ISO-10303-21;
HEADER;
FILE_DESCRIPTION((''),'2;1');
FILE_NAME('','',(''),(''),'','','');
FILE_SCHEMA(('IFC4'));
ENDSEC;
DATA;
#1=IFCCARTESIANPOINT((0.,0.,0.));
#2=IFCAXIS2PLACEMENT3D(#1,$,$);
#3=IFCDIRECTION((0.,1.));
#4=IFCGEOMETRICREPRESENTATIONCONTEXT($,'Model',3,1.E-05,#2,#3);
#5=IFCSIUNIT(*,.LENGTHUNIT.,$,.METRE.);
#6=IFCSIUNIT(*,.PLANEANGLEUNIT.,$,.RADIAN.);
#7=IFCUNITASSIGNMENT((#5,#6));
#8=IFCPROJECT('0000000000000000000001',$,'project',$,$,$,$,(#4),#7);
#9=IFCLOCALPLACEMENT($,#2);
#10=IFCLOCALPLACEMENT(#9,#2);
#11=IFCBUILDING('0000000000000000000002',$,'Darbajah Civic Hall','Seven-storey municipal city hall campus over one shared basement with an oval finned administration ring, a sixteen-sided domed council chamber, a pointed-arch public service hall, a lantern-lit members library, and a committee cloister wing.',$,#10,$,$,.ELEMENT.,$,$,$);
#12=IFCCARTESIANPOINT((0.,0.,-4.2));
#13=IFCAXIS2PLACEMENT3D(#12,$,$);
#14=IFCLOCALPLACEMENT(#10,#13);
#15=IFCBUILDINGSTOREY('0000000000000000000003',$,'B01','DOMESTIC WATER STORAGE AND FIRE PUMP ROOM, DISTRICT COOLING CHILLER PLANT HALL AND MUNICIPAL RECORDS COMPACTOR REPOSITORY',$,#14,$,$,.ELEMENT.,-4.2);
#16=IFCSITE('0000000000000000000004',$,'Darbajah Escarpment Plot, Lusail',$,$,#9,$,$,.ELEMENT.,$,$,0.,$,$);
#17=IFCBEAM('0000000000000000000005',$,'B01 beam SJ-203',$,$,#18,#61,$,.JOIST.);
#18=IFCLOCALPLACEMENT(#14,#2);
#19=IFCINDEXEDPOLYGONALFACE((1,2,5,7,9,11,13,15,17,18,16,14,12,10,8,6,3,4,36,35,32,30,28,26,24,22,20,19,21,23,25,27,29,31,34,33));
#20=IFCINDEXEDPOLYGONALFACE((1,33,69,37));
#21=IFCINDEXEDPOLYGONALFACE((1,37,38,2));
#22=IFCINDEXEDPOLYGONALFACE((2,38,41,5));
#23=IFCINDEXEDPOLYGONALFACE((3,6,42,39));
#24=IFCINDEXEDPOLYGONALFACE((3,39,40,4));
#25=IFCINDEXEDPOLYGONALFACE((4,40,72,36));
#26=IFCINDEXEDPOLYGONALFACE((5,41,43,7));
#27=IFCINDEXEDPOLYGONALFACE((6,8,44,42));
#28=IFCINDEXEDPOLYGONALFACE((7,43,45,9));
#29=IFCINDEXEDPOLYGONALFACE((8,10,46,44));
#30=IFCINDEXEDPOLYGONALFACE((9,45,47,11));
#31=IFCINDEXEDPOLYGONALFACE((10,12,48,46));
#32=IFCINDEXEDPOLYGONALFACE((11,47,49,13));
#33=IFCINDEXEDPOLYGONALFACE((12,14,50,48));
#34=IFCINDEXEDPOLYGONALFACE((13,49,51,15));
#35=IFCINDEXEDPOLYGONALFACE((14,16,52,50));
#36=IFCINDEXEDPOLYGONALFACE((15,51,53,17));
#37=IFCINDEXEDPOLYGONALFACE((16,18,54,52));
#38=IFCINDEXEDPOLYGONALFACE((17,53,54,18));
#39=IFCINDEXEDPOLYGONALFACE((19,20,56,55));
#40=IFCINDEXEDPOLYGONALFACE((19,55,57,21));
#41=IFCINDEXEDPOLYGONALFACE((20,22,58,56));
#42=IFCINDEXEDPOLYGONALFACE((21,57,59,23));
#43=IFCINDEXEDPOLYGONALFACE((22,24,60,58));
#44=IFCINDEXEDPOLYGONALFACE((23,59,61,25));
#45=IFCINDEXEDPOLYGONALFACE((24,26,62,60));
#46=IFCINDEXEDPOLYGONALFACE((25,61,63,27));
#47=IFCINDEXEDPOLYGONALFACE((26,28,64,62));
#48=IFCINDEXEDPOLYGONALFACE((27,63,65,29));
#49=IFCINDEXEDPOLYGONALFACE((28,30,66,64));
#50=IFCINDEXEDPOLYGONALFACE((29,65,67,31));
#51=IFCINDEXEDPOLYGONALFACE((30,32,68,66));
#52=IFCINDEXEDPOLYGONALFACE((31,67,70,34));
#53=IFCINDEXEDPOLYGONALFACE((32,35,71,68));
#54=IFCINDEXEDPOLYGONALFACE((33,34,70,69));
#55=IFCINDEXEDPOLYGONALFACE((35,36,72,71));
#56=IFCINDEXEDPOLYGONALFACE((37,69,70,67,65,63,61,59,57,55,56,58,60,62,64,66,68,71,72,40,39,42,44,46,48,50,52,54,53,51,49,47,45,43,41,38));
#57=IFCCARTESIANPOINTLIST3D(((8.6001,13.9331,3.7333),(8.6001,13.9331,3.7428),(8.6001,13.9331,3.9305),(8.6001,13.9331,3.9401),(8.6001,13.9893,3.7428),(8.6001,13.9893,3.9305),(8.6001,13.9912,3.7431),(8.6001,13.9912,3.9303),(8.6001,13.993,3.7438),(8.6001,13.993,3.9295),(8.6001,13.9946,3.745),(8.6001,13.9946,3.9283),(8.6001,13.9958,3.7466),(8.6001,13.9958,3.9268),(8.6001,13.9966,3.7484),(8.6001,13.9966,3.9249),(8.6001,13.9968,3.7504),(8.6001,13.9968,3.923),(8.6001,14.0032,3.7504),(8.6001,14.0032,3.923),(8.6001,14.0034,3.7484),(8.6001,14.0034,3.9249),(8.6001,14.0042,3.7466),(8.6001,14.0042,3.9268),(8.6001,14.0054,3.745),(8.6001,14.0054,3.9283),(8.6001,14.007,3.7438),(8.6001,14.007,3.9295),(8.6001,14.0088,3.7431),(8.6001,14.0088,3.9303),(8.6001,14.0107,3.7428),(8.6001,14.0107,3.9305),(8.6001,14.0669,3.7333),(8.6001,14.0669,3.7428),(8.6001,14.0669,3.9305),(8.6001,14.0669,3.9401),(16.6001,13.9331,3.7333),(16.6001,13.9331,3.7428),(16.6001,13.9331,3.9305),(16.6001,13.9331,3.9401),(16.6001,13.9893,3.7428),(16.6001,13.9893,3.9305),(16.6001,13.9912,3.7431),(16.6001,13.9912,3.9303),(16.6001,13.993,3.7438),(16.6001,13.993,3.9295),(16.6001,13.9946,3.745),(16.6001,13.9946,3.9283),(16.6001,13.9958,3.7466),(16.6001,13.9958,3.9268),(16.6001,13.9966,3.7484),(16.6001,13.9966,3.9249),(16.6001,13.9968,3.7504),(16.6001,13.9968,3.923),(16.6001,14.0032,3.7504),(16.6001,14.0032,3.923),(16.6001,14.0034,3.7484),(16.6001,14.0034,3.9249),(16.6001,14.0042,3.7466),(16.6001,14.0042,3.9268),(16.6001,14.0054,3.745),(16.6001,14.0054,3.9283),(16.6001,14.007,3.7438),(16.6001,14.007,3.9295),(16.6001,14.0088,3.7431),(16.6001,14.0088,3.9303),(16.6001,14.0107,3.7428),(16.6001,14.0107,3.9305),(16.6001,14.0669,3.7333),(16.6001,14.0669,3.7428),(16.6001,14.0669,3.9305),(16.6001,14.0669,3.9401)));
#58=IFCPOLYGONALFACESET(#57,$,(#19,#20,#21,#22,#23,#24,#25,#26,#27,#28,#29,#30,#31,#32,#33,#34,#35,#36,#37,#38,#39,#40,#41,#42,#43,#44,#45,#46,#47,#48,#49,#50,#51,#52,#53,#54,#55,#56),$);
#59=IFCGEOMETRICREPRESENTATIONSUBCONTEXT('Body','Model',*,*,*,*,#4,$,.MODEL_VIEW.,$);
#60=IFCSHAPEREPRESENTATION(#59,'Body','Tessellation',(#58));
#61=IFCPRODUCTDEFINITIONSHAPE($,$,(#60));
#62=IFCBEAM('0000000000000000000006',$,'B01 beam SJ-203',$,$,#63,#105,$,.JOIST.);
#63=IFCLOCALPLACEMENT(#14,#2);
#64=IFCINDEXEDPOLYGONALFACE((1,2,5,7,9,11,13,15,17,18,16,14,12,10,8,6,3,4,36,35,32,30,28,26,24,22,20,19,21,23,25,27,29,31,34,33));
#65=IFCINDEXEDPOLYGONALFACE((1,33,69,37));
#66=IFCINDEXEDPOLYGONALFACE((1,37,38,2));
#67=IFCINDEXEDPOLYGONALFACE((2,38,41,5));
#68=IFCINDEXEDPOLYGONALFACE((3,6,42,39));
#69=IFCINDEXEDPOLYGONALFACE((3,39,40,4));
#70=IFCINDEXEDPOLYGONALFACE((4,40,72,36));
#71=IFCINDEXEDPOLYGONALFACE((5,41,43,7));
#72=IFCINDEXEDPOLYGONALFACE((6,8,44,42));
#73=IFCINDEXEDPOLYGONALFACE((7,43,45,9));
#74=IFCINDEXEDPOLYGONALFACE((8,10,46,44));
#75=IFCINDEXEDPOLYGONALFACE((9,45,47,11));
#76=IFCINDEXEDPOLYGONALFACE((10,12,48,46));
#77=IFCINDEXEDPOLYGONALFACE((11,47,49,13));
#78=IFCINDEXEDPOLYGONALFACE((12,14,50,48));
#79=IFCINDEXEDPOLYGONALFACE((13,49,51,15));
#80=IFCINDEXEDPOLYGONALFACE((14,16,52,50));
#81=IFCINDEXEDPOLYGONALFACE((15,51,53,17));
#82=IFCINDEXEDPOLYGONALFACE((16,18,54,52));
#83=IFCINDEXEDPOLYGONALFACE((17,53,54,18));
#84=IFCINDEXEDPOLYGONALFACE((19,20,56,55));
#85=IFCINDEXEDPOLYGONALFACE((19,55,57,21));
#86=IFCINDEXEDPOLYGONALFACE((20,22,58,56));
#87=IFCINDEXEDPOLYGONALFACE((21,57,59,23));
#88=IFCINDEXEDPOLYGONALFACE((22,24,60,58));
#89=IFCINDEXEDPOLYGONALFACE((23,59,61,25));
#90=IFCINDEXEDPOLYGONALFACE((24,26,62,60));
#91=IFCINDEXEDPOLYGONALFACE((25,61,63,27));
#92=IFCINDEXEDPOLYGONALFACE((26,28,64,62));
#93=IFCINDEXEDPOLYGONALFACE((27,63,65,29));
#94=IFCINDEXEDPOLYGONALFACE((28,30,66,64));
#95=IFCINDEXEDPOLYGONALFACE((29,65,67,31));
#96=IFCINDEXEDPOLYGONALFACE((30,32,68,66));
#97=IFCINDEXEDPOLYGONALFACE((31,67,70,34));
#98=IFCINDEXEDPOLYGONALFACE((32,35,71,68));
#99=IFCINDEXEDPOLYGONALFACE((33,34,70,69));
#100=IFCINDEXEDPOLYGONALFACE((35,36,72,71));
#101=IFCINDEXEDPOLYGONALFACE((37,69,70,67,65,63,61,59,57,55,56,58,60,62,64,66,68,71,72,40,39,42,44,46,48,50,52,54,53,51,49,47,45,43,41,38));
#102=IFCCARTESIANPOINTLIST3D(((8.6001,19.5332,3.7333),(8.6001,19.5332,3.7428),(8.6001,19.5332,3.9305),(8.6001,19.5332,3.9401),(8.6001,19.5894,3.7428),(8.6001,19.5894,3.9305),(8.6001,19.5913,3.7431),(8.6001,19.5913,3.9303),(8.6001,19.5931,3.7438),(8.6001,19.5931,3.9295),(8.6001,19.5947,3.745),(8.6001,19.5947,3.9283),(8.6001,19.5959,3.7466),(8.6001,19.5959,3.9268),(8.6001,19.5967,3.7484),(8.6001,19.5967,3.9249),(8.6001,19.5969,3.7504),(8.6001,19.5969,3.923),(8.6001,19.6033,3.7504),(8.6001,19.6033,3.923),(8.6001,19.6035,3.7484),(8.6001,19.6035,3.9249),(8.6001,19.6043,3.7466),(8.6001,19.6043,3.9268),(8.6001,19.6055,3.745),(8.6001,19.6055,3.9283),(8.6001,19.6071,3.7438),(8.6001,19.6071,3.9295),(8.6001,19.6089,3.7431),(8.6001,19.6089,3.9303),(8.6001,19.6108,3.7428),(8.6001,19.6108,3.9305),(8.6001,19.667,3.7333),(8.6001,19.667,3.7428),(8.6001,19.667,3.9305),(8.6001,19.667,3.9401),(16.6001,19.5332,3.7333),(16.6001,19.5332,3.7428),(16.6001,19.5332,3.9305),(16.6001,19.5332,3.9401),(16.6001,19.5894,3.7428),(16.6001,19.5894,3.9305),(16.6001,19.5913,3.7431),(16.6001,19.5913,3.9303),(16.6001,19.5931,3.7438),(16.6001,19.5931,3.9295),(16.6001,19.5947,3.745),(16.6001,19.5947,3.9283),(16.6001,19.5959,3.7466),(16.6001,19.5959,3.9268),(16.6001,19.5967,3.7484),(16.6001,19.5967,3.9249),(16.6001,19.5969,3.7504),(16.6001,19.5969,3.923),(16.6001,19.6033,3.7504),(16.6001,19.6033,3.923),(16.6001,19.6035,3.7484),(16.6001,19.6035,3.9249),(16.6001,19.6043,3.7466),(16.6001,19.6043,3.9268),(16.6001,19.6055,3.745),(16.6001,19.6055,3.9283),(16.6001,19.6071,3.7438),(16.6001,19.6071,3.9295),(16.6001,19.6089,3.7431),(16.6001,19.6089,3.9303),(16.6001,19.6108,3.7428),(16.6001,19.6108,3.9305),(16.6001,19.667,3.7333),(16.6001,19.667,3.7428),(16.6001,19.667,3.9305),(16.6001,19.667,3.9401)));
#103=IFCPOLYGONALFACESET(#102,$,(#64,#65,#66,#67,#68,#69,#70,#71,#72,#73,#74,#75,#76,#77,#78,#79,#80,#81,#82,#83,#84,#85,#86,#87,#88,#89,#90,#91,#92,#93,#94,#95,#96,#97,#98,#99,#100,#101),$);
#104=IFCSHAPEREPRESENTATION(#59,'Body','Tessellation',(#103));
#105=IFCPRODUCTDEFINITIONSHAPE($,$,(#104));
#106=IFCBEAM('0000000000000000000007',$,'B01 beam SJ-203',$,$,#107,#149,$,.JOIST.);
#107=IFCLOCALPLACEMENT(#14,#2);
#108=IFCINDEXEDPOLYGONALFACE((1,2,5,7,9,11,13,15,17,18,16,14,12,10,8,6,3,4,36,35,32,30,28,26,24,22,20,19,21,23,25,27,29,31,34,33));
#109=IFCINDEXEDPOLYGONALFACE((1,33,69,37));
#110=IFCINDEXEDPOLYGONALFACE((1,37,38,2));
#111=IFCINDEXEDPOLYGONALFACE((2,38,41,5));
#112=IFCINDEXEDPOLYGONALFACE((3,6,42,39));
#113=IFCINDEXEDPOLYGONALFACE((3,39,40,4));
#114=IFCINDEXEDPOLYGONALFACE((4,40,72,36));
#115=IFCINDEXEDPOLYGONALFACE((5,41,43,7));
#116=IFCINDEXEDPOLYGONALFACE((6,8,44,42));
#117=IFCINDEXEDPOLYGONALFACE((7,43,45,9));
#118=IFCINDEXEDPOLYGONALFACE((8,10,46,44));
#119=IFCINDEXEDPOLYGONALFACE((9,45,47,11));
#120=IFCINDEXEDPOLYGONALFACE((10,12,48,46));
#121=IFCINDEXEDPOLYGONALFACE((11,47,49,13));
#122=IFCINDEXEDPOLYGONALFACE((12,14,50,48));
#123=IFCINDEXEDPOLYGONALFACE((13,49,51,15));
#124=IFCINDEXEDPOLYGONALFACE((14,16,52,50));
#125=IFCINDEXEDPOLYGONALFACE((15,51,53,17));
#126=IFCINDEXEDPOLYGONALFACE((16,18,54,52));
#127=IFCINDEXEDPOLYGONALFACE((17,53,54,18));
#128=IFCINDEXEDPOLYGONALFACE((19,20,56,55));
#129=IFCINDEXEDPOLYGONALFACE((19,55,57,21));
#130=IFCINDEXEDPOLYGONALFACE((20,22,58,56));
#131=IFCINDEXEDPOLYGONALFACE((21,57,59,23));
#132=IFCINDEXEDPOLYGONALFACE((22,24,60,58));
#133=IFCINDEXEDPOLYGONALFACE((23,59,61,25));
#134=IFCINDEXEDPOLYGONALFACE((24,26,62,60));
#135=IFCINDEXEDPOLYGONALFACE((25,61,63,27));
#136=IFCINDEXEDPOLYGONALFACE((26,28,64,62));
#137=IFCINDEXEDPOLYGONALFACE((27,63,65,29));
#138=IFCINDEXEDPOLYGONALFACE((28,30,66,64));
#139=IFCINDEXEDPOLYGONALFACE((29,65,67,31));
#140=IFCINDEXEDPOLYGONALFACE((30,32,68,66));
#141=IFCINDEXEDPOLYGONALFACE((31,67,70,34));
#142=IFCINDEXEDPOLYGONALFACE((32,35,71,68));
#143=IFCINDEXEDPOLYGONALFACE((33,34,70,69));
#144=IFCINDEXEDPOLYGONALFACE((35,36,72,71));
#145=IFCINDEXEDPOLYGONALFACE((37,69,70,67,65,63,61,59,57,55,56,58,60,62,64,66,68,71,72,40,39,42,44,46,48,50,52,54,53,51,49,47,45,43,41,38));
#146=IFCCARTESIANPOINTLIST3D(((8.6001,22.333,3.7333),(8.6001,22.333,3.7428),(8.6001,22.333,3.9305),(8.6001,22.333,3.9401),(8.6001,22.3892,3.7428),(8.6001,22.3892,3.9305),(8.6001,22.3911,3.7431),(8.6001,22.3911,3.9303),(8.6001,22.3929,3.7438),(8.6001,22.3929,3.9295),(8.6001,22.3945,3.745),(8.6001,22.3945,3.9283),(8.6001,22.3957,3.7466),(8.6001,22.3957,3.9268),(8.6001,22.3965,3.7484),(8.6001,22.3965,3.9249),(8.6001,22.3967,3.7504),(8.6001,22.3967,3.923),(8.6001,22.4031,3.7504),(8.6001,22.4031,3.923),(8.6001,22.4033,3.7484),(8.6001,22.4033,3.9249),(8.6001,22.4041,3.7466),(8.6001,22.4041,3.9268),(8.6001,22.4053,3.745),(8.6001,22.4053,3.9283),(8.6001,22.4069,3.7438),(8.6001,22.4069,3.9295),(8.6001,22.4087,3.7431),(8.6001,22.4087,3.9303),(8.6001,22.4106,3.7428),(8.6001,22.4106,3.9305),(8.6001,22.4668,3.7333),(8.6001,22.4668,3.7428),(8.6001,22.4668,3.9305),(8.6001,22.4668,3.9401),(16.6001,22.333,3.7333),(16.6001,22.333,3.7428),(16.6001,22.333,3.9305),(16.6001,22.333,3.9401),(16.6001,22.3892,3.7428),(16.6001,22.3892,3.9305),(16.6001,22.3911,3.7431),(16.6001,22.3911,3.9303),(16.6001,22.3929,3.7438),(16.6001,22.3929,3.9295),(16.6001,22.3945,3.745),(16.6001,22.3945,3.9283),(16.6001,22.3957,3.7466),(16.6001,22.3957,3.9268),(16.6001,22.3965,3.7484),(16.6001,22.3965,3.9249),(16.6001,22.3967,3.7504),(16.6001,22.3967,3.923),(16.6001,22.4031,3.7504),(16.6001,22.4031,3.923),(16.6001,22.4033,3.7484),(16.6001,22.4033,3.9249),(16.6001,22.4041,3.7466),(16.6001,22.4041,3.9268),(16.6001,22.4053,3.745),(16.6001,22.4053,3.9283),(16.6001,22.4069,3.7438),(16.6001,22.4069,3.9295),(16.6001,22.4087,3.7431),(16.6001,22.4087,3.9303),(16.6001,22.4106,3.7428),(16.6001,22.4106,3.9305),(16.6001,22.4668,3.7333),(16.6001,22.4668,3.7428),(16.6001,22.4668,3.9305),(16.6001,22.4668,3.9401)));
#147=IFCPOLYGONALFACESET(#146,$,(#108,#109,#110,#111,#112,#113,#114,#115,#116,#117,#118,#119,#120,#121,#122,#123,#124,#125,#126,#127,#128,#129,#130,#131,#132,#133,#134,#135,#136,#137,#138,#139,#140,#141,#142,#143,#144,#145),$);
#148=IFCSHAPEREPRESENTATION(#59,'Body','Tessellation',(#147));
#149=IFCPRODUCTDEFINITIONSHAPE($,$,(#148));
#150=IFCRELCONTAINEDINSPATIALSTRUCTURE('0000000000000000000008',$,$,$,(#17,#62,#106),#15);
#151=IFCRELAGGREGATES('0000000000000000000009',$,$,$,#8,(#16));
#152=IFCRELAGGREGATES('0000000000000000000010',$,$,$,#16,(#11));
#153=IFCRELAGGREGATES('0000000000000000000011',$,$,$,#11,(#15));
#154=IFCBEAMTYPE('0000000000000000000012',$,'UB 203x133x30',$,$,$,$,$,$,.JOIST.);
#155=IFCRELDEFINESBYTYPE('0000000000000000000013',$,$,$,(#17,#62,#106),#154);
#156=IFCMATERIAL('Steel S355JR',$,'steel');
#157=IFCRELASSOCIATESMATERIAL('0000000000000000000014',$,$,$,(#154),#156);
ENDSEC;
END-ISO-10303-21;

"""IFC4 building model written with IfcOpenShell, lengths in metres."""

from ifc_helpers import new_model, si_unit, direction, frame, origin, origin_2d, place, context, subcontext, project, spatial, i_section, extrude, material, material_profile, profile_set, type_object, element, save


model = new_model("IFC4")

# Units and contexts
model_context = context("Model", 3, precision=1e-05, world=origin(), true_north=direction((0.0, 1.0)))
body_context = subcontext(model_context, "Body", "Model", "MODEL_VIEW")
ifc_project = project(units=[si_unit("LENGTHUNIT", "METRE"), si_unit("PLANEANGLEUNIT", "RADIAN")], contexts=[model_context])

# Site, building, storey
site_placement = place(None, origin())
site = spatial("IfcSite", under=ifc_project, at=site_placement, Name="Darbajah Escarpment Plot, Lusail", CompositionType="ELEMENT", RefElevation=0.0)
building_placement = place(site_placement, origin())
building = spatial("IfcBuilding", under=site, at=building_placement, Name="Darbajah Civic Hall", Description="Seven-storey municipal city hall campus over one shared basement with an oval finned administration ring, a sixteen-sided domed council chamber, a pointed-arch public service hall, a lantern-lit members library, and a committee cloister wing.", CompositionType="ELEMENT")
storey_placement = place(building_placement, frame((0.0, 0.0, -4.2)))
storey = spatial("IfcBuildingStorey", under=building, at=storey_placement, Name="B01", Description="DOMESTIC WATER STORAGE AND FIRE PUMP ROOM, DISTRICT COOLING CHILLER PLANT HALL AND MUNICIPAL RECORDS COMPACTOR REPOSITORY", CompositionType="ELEMENT", Elevation=-4.2)

# Beams
ifc_material_1 = material(Name="Steel S355JR", Category="steel")
ifc_material_profile_1 = material_profile(ifc_material_1, i_section(OverallWidth=0.1338, OverallDepth=0.2068, WebThickness=0.0063, FlangeThickness=0.0095, FilletRadius=0.0076, at=origin_2d()), Name="UB 203x133x30")
ifc_profile_set_1 = profile_set([ifc_material_profile_1], Name="Steel S355JR")
beam_type_1 = type_object("IfcBeamType", Name="UB 203x133x30", PredefinedType="JOIST", material=ifc_profile_set_1)
for number, where, z_axis, x_axis, name in (
    (1, (8.6001, 14.0, 3.8367), (1.0, 0.0, 0.0), (0.0, 1.0, 0.0), "B01 beam SJ-203"),
    (2, (8.6001, 19.6001, 3.8367), (1.0, 0.0, 0.0), (0.0, 1.0, 0.0), "B01 beam SJ-203"),
    (3, (8.6001, 22.3999, 3.8367), (1.0, 0.0, 0.0), (0.0, 1.0, 0.0), "B01 beam SJ-203"),
):
    element("IfcBeam", number, at=place(storey_placement, frame(where, z_axis=z_axis, x_axis=x_axis)), inside=storey, type_object=beam_type_1, Name=name, PredefinedType="JOIST", context=body_context, shape_type="SweptSolid", body=[
        extrude(i_section(OverallWidth=0.1338, OverallDepth=0.2068, WebThickness=0.0063, FlangeThickness=0.0095, FilletRadius=0.0076, at=origin_2d()), origin(), (0.0, 0.0, 1.0), 8.0),
    ])

save(model, "model.ifc")
